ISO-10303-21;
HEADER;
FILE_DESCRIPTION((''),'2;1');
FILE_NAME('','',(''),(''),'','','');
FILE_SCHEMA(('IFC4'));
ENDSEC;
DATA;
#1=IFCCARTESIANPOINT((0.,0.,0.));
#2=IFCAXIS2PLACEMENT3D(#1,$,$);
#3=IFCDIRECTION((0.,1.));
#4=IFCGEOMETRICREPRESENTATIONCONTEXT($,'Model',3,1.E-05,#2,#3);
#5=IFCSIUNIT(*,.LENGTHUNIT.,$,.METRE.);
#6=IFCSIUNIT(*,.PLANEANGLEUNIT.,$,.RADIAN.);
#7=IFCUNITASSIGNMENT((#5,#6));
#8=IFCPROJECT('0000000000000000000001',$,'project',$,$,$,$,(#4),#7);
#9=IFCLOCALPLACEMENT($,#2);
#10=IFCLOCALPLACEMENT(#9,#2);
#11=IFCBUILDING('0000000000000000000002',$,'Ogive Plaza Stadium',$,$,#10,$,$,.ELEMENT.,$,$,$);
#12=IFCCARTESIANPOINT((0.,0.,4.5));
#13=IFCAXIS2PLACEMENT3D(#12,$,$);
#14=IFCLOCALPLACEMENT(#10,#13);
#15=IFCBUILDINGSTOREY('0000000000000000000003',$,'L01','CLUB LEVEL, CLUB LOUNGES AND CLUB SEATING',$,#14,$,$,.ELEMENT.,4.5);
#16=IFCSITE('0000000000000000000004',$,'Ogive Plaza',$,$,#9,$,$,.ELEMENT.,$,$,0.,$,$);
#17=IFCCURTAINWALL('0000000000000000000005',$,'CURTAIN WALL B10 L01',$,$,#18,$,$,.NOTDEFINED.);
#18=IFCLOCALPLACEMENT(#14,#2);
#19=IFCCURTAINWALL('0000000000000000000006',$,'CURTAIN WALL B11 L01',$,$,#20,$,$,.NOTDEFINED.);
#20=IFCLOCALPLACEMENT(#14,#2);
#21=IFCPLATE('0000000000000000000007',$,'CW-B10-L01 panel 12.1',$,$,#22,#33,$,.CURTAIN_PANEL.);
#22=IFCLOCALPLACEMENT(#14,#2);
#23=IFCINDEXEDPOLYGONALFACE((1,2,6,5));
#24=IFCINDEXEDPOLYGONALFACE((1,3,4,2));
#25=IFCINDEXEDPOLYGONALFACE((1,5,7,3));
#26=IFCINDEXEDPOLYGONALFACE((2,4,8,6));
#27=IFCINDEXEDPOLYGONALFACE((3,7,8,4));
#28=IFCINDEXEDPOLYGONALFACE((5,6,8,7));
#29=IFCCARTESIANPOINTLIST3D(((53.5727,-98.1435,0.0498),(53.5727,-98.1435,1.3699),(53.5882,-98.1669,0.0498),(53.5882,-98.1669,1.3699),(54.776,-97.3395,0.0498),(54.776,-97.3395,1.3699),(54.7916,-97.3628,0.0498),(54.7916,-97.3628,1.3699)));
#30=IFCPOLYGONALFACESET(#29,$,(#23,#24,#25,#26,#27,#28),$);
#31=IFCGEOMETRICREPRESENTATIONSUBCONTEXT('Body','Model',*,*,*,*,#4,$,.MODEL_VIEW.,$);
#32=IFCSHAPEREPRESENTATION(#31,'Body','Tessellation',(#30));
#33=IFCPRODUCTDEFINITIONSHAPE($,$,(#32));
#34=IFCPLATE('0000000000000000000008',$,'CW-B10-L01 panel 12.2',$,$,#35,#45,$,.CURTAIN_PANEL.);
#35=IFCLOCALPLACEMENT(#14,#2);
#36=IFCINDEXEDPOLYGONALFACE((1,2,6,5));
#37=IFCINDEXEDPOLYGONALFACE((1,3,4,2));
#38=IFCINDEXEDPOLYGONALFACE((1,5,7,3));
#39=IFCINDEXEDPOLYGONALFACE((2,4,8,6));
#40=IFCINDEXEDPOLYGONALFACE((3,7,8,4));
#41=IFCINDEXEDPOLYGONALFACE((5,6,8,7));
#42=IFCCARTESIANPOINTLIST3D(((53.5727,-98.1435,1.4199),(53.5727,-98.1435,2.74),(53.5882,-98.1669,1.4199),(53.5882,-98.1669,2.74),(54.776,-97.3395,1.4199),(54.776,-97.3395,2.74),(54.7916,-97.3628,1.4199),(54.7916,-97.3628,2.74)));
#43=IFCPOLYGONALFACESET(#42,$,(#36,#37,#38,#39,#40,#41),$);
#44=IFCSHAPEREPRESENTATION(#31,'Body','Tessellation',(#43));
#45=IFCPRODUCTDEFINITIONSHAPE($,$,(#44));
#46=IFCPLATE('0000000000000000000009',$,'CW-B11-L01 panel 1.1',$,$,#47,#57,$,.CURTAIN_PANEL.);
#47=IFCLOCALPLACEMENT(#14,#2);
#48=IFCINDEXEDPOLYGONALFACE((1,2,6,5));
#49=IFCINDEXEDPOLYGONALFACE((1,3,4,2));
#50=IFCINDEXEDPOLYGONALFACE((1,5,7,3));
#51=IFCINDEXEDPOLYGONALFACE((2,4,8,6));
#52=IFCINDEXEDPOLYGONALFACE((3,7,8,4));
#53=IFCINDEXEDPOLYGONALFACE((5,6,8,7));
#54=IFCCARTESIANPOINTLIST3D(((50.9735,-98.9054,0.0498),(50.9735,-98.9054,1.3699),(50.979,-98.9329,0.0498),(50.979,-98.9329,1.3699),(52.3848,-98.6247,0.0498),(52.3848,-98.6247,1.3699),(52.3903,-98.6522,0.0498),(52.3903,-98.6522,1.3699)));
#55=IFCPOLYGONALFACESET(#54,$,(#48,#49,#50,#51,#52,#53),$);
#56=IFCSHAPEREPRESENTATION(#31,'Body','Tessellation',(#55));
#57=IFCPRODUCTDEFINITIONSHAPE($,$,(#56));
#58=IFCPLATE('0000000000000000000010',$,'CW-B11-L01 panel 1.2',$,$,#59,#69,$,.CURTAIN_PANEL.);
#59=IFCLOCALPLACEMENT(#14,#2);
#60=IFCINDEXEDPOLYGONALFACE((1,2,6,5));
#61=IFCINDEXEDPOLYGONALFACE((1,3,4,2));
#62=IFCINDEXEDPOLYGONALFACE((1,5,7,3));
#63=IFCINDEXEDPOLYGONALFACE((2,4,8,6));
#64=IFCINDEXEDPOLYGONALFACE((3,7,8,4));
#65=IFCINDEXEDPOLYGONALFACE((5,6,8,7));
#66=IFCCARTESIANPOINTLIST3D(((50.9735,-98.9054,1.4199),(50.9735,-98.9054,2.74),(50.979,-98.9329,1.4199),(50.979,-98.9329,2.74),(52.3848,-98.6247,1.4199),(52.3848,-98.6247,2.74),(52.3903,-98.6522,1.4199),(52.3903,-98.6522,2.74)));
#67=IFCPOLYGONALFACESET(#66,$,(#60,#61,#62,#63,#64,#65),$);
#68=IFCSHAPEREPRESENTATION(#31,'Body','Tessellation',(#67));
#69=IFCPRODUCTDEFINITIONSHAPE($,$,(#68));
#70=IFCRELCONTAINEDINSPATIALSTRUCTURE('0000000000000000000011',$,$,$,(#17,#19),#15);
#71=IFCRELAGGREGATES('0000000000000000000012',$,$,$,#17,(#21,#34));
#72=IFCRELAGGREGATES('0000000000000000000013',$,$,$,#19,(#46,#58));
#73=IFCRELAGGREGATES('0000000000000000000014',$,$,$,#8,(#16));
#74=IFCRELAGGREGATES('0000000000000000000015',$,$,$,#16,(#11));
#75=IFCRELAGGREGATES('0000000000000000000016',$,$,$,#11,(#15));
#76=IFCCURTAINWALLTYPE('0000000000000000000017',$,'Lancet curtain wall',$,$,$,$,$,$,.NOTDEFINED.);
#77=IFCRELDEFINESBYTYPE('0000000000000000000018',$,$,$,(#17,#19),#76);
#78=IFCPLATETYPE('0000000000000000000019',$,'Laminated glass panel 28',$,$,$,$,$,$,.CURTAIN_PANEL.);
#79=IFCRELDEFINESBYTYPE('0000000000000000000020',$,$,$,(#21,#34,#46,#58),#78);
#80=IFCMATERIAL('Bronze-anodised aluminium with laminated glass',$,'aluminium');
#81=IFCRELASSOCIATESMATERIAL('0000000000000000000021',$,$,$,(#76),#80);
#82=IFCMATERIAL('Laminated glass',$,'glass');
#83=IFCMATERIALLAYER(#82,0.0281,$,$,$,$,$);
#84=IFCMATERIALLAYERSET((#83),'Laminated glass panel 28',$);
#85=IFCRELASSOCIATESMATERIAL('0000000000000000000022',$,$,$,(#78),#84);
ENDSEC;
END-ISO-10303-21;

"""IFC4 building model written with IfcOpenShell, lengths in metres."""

from ifc_helpers import new_model, si_unit, direction, frame, origin, origin_2d, place, context, subcontext, project, spatial, rectangle, extrude, material, layer, layer_set, type_object, element, aggregate, save


model = new_model("IFC4")

# Units and contexts
model_context = context("Model", 3, precision=1e-05, world=origin(), true_north=direction((0.0, 1.0)))
body_context = subcontext(model_context, "Body", "Model", "MODEL_VIEW")
ifc_project = project(units=[si_unit("LENGTHUNIT", "METRE"), si_unit("PLANEANGLEUNIT", "RADIAN")], contexts=[model_context])

# Site, building, storey
site_placement = place(None, origin())
site = spatial("IfcSite", under=ifc_project, at=site_placement, Name="Ogive Plaza", CompositionType="ELEMENT", RefElevation=0.0)
building_placement = place(site_placement, origin())
building = spatial("IfcBuilding", under=site, at=building_placement, Name="Ogive Plaza Stadium", CompositionType="ELEMENT")
storey_placement = place(building_placement, frame((0.0, 0.0, 4.5)))
storey = spatial("IfcBuildingStorey", under=building, at=storey_placement, Name="L01", Description="CLUB LEVEL, CLUB LOUNGES AND CLUB SEATING", CompositionType="ELEMENT", Elevation=4.5)

# Curtain walls
ifc_material_1 = material(Name="Bronze-anodised aluminium with laminated glass", Category="aluminium")
curtain_wall_type = type_object("IfcCurtainWallType", Name="Lancet curtain wall", PredefinedType="NOTDEFINED", material=ifc_material_1)
curtain_wall_1_placement = place(storey_placement, origin())
curtain_wall_1 = element("IfcCurtainWall", 1, at=curtain_wall_1_placement, inside=storey, type_object=curtain_wall_type, Name="CURTAIN WALL B10 L01", PredefinedType="NOTDEFINED")
curtain_wall_2_placement = place(storey_placement, origin())
curtain_wall_2 = element("IfcCurtainWall", 2, at=curtain_wall_2_placement, inside=storey, type_object=curtain_wall_type, Name="CURTAIN WALL B11 L01", PredefinedType="NOTDEFINED")

# Plates
ifc_material_2 = material(Name="Laminated glass", Category="glass")
ifc_layer = layer(ifc_material_2, 0.0281)
ifc_layer_set = layer_set([ifc_layer], Name="Laminated glass panel 28")
plate_type = type_object("IfcPlateType", Name="Laminated glass panel 28", PredefinedType="CURTAIN_PANEL", material=ifc_layer_set)
plate_1_placement = place(storey_placement, frame((54.1821, -97.7532, 0.0498), z_axis=(0.0, 0.0, 1.0), x_axis=(-0.83147, -0.55557, 0.0)))
plate_1 = element("IfcPlate", 3, at=plate_1_placement, type_object=plate_type, Name="CW-B10-L01 panel 12.1", PredefinedType="CURTAIN_PANEL", context=body_context, shape_type="SweptSolid", body=[
    extrude(rectangle(XDim=1.4473, YDim=0.0281, at=origin_2d()), origin(), (0.0, 0.0, 1.0), 1.3201),
])
plate_2_placement = place(storey_placement, frame((54.1821, -97.7532, 1.4199), z_axis=(0.0, 0.0, 1.0), x_axis=(-0.83147, -0.55557, 0.0)))
plate_2 = element("IfcPlate", 4, at=plate_2_placement, type_object=plate_type, Name="CW-B10-L01 panel 12.2", PredefinedType="CURTAIN_PANEL", context=body_context, shape_type="SweptSolid", body=[
    extrude(rectangle(XDim=1.4473, YDim=0.0281, at=origin_2d()), origin(), (0.0, 0.0, 1.0), 1.3201),
])
aggregate(curtain_wall_1, [plate_1, plate_2])
plate_3_placement = place(storey_placement, frame((51.6819, -98.7788, 0.0498), z_axis=(0.0, 0.0, 1.0), x_axis=(-0.980785, -0.19509, 0.0)))
plate_3 = element("IfcPlate", 5, at=plate_3_placement, type_object=plate_type, Name="CW-B11-L01 panel 1.1", PredefinedType="CURTAIN_PANEL", context=body_context, shape_type="SweptSolid", body=[
    extrude(rectangle(XDim=1.439, YDim=0.0281, at=origin_2d()), origin(), (0.0, 0.0, 1.0), 1.3201),
])
plate_4_placement = place(storey_placement, frame((51.6819, -98.7788, 1.4199), z_axis=(0.0, 0.0, 1.0), x_axis=(-0.980785, -0.19509, 0.0)))
plate_4 = element("IfcPlate", 6, at=plate_4_placement, type_object=plate_type, Name="CW-B11-L01 panel 1.2", PredefinedType="CURTAIN_PANEL", context=body_context, shape_type="SweptSolid", body=[
    extrude(rectangle(XDim=1.439, YDim=0.0281, at=origin_2d()), origin(), (0.0, 0.0, 1.0), 1.3201),
])
aggregate(curtain_wall_2, [plate_3, plate_4])

save(model, "model.ifc")
